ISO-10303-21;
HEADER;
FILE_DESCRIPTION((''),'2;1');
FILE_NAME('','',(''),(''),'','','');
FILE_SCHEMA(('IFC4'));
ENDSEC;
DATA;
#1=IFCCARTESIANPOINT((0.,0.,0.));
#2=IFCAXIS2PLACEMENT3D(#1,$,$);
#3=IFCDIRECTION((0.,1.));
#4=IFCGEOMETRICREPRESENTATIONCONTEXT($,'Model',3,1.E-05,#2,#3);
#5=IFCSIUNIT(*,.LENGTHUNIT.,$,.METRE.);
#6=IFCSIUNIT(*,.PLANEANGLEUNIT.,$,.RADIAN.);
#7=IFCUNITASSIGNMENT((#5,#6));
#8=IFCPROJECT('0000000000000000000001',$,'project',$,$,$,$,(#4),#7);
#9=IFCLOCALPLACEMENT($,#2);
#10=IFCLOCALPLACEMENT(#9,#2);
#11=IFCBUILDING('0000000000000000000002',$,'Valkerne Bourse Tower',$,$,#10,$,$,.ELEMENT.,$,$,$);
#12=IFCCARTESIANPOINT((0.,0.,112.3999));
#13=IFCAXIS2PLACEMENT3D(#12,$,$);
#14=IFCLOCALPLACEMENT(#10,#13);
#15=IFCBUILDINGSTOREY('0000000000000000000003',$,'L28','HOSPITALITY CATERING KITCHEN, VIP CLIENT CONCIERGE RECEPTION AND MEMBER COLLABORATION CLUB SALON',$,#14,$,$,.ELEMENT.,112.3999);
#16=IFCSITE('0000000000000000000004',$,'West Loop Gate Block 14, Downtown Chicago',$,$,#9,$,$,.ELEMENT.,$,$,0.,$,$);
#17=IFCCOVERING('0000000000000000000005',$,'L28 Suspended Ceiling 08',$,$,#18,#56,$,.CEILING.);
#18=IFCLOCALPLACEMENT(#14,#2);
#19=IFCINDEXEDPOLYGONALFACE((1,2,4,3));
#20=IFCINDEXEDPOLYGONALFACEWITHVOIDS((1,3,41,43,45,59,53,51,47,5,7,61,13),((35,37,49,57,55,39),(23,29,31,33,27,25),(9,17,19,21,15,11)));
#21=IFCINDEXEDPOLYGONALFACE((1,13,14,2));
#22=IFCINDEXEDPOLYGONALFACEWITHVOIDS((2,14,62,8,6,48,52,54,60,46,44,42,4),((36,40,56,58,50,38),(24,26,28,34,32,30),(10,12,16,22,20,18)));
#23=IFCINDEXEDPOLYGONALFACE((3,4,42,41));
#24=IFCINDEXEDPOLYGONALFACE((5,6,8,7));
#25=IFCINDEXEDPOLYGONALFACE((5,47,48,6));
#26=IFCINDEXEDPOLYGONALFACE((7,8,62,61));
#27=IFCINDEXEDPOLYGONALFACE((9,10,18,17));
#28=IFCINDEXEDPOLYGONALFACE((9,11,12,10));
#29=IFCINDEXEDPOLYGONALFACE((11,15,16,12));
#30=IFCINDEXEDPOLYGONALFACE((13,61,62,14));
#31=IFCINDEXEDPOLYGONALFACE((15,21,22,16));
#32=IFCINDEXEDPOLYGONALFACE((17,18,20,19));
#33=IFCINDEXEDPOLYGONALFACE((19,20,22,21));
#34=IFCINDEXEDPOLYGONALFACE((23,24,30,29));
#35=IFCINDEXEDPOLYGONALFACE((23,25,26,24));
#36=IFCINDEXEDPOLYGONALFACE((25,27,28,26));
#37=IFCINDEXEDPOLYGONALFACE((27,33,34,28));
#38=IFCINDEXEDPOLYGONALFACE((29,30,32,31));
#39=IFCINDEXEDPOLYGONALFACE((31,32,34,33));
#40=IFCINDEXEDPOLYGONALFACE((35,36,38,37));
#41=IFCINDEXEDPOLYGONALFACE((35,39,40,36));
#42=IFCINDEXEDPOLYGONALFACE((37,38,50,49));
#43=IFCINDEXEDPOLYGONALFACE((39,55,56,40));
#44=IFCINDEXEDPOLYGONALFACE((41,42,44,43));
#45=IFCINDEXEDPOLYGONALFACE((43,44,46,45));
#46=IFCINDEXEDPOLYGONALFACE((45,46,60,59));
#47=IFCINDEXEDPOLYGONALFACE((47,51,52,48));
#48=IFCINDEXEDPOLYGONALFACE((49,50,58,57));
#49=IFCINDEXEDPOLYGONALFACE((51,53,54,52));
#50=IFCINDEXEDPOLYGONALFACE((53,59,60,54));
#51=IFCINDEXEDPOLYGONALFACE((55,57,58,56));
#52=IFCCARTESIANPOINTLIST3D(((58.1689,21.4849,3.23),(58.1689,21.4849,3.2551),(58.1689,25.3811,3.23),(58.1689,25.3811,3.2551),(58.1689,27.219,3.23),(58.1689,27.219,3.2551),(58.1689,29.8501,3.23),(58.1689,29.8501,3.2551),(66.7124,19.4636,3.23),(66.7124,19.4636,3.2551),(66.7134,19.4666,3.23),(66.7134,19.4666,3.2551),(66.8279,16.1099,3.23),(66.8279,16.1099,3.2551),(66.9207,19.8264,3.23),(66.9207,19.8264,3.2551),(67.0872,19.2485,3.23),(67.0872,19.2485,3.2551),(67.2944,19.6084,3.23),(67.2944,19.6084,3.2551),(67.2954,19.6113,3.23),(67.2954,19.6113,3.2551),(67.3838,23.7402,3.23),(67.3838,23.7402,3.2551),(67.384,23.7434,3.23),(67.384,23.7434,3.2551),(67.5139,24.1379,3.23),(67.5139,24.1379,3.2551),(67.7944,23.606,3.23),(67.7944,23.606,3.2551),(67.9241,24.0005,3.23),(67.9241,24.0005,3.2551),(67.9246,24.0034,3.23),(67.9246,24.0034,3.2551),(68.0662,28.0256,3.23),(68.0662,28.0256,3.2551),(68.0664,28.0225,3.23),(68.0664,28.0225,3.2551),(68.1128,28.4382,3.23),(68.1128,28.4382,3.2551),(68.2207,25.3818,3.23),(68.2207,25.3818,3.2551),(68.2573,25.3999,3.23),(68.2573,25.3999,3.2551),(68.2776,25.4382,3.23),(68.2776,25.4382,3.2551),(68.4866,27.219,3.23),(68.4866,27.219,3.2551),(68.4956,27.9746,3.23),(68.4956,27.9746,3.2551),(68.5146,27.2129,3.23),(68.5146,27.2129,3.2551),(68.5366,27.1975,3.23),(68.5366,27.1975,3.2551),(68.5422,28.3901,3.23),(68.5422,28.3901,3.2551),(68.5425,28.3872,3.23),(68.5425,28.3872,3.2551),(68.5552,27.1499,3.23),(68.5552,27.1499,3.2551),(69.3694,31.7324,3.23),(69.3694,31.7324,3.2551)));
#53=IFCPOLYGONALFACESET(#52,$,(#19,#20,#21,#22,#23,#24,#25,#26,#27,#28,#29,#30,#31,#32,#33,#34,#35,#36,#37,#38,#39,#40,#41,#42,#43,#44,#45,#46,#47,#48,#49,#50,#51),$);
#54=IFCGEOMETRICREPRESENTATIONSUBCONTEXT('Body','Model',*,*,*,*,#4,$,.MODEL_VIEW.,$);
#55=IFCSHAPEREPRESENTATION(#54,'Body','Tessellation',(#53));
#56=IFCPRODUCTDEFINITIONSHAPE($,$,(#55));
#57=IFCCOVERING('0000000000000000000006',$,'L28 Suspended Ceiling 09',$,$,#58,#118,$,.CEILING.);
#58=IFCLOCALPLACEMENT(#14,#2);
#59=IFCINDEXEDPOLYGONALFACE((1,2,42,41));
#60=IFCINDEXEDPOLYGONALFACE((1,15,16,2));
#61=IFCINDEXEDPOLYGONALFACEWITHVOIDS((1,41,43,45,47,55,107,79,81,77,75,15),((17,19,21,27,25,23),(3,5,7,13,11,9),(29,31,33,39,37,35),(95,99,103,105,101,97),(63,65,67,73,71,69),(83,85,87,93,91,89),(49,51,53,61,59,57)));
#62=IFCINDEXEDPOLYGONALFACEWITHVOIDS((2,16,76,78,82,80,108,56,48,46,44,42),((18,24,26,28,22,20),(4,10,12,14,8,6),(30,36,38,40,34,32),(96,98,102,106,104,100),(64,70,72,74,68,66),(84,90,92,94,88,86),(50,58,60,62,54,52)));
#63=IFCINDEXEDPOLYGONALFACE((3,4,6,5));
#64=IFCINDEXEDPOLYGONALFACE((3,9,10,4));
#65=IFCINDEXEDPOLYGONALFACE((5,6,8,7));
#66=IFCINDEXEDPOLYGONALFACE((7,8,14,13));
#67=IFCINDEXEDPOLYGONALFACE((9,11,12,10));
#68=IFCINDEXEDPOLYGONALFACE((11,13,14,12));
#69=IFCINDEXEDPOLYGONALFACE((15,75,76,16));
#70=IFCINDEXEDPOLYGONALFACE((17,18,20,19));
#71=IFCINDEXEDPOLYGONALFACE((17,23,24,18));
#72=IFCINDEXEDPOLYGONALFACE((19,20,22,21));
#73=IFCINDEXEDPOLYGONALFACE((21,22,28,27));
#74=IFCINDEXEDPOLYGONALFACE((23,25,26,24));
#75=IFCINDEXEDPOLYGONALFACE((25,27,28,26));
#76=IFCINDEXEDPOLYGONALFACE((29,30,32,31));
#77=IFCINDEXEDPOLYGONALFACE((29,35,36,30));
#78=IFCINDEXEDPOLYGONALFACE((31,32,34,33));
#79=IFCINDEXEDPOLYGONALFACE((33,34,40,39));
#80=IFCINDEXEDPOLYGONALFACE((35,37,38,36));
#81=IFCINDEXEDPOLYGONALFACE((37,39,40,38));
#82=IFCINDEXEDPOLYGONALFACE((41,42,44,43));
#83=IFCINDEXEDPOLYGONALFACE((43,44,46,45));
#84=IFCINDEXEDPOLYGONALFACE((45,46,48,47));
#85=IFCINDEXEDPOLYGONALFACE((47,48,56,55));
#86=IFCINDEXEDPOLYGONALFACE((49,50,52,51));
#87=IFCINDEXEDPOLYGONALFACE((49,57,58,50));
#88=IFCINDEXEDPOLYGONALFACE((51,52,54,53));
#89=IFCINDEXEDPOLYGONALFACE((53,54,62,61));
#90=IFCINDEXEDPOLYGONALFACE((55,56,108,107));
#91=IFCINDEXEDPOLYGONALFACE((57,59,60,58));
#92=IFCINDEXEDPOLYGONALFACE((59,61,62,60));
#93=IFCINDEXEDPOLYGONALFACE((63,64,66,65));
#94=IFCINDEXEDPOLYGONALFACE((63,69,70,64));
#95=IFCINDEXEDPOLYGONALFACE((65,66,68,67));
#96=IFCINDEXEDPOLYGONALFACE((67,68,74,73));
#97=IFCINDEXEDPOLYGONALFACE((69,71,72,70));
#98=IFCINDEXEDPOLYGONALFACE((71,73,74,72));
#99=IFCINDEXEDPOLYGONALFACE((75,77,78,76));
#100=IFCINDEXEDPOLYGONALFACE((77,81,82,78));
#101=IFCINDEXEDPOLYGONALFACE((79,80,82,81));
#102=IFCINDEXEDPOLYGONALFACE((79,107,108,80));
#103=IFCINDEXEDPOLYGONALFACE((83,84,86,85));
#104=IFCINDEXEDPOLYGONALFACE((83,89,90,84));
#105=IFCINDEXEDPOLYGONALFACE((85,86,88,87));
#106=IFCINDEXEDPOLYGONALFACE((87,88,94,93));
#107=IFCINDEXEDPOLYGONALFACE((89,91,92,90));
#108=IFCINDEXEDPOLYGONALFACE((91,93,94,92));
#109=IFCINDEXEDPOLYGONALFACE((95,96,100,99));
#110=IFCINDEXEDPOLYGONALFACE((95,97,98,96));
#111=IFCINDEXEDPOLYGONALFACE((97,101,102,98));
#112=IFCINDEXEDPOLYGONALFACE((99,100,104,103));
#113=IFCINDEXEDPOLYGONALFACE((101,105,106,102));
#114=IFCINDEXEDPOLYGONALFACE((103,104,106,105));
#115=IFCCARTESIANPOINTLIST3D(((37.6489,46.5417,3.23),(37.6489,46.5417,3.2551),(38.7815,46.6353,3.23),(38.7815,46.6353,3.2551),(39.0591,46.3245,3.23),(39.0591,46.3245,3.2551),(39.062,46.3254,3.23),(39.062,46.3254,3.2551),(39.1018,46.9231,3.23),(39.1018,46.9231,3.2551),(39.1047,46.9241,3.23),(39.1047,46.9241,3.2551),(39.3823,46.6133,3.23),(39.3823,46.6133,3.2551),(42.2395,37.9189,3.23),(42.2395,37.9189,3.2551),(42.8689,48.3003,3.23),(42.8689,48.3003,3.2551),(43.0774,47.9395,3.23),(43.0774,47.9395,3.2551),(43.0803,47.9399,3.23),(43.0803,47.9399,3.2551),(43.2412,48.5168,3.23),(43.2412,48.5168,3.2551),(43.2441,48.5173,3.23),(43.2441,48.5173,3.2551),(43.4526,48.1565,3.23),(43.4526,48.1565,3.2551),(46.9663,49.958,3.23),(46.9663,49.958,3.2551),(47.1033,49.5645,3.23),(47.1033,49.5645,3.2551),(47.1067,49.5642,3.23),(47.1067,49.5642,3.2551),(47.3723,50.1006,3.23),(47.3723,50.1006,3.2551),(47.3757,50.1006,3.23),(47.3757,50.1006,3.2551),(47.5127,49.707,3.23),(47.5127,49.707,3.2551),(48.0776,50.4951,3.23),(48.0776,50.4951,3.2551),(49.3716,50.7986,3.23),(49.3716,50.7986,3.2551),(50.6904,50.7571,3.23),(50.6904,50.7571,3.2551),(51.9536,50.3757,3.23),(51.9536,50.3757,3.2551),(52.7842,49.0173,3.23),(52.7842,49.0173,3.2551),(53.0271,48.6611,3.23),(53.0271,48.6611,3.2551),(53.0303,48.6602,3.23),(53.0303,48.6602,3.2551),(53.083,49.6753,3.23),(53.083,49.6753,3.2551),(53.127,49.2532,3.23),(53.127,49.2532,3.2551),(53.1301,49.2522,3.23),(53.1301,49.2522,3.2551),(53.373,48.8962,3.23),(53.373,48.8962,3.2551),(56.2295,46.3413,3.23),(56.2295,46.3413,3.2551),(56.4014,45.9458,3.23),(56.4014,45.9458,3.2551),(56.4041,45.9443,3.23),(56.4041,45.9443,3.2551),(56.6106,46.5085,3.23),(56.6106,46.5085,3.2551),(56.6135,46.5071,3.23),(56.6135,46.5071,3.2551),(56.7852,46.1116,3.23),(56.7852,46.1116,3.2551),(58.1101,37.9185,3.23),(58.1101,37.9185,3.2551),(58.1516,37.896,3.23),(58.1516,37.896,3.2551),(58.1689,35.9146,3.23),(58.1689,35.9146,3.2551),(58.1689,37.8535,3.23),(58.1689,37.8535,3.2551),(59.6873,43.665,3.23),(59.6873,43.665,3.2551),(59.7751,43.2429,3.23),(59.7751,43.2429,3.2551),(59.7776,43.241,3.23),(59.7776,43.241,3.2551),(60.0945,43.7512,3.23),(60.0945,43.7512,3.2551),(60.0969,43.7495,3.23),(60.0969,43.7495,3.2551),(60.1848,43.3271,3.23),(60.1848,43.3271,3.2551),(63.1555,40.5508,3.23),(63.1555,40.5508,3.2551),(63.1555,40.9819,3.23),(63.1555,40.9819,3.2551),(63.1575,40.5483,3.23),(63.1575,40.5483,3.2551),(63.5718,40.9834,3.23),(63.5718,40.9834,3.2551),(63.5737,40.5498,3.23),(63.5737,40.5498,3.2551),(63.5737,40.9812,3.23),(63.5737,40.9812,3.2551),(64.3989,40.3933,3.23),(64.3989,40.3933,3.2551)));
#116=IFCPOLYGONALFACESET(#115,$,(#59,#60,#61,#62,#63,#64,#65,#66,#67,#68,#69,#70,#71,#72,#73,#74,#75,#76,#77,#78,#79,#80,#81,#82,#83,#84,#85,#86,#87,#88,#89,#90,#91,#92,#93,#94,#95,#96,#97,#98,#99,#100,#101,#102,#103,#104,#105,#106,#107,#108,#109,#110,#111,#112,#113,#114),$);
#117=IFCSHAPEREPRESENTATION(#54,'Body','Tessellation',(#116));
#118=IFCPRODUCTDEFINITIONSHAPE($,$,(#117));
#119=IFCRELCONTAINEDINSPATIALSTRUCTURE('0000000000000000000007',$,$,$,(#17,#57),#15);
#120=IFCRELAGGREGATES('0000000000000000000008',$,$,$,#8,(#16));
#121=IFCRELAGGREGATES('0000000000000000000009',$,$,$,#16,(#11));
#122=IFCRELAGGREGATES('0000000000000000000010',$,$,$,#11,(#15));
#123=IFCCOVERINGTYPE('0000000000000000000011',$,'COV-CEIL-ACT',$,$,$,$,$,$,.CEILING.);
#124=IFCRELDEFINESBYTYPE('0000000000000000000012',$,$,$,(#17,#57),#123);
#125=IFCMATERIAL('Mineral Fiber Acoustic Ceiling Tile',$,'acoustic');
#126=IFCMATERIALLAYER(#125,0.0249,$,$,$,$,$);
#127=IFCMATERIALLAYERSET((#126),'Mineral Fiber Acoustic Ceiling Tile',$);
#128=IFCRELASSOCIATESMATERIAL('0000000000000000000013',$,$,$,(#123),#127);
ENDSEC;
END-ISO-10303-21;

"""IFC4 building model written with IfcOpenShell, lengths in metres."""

from ifc_helpers import new_model, si_unit, direction, frame, origin, place, context, subcontext, project, spatial, polyline, outline, extrude, material, layer, layer_set, type_object, element, save


model = new_model("IFC4")

# Units and contexts
model_context = context("Model", 3, precision=1e-05, world=origin(), true_north=direction((0.0, 1.0)))
body_context = subcontext(model_context, "Body", "Model", "MODEL_VIEW")
ifc_project = project(units=[si_unit("LENGTHUNIT", "METRE"), si_unit("PLANEANGLEUNIT", "RADIAN")], contexts=[model_context])

# Site, building, storey
site_placement = place(None, origin())
site = spatial("IfcSite", under=ifc_project, at=site_placement, Name="West Loop Gate Block 14, Downtown Chicago", CompositionType="ELEMENT", RefElevation=0.0)
building_placement = place(site_placement, origin())
building = spatial("IfcBuilding", under=site, at=building_placement, Name="Valkerne Bourse Tower", CompositionType="ELEMENT")
storey_placement = place(building_placement, frame((0.0, 0.0, 112.3999)))
storey = spatial("IfcBuildingStorey", under=building, at=storey_placement, Name="L28", Description="HOSPITALITY CATERING KITCHEN, VIP CLIENT CONCIERGE RECEPTION AND MEMBER COLLABORATION CLUB SALON", CompositionType="ELEMENT", Elevation=112.3999)

# Coverings
ifc_material_1 = material(Name="Mineral Fiber Acoustic Ceiling Tile", Category="acoustic")
ifc_layer_1 = layer(ifc_material_1, 0.0249)
ifc_layer_set_1 = layer_set([ifc_layer_1], Name="Mineral Fiber Acoustic Ceiling Tile")
covering_type_1 = type_object("IfcCoveringType", Name="COV-CEIL-ACT", PredefinedType="CEILING", material=ifc_layer_set_1)
covering_1_placement = place(storey_placement, frame((0.0, 0.0, 3.23)))
element("IfcCovering", 1, at=covering_1_placement, inside=storey, type_object=covering_type_1, Name="L28 Suspended Ceiling 08", PredefinedType="CEILING", context=body_context, shape_type="SweptSolid", body=[
    extrude(outline(polyline([(58.1689, 25.3811), (68.2207, 25.3818), (68.2573, 25.3999), (68.2776, 25.4382), (68.5552, 27.1499), (68.5366, 27.1975), (68.5146, 27.2129), (68.4866, 27.219), (58.1689, 27.219), (58.1689, 29.8501), (69.3694, 31.7324), (66.8279, 16.1099), (58.1689, 21.4849), (58.1689, 25.3811)]), holes=[polyline([(67.2954, 19.6113), (66.9207, 19.8264), (66.7134, 19.4666), (66.7124, 19.4636), (67.0872, 19.2485), (67.2944, 19.6084), (67.2954, 19.6113)]), polyline([(67.9246, 24.0034), (67.5139, 24.1379), (67.384, 23.7434), (67.3838, 23.7402), (67.7944, 23.606), (67.9241, 24.0005), (67.9246, 24.0034)]), polyline([(68.5425, 28.3872), (68.5422, 28.3901), (68.1128, 28.4382), (68.0662, 28.0256), (68.0664, 28.0225), (68.4956, 27.9746), (68.5425, 28.3872)])]), origin(), (0.0, 0.0, 1.0), 0.0251),
])
covering_2_placement = place(storey_placement, frame((0.0, 0.0, 3.23)))
element("IfcCovering", 2, at=covering_2_placement, inside=storey, type_object=covering_type_1, Name="L28 Suspended Ceiling 09", PredefinedType="CEILING", context=body_context, shape_type="SweptSolid", body=[
    extrude(outline(polyline([(50.6904, 50.7571), (51.9536, 50.3757), (53.083, 49.6753), (64.3989, 40.3933), (58.1689, 35.9146), (58.1689, 37.8535), (58.1516, 37.896), (58.1101, 37.9185), (42.2395, 37.9189), (37.6489, 46.5417), (48.0776, 50.4951), (49.3716, 50.7986), (50.6904, 50.7571)]), holes=[polyline([(39.062, 46.3254), (39.3823, 46.6133), (39.1047, 46.9241), (39.1018, 46.9231), (38.7815, 46.6353), (39.0591, 46.3245), (39.062, 46.3254)]), polyline([(43.4526, 48.1565), (43.2441, 48.5173), (43.2412, 48.5168), (42.8689, 48.3003), (43.0774, 47.9395), (43.0803, 47.9399), (43.4526, 48.1565)]), polyline([(53.1301, 49.2522), (53.127, 49.2532), (52.7842, 49.0173), (53.0271, 48.6611), (53.0303, 48.6602), (53.373, 48.8962), (53.1301, 49.2522)]), polyline([(47.3757, 50.1006), (47.3723, 50.1006), (46.9663, 49.958), (47.1033, 49.5645), (47.1067, 49.5642), (47.5127, 49.707), (47.3757, 50.1006)]), polyline([(63.5737, 40.5498), (63.5737, 40.9812), (63.5718, 40.9834), (63.1555, 40.9819), (63.1555, 40.5508), (63.1575, 40.5483), (63.5737, 40.5498)]), polyline([(60.0969, 43.7495), (60.0945, 43.7512), (59.6873, 43.665), (59.7751, 43.2429), (59.7776, 43.241), (60.1848, 43.3271), (60.0969, 43.7495)]), polyline([(56.7852, 46.1116), (56.6135, 46.5071), (56.6106, 46.5085), (56.2295, 46.3413), (56.4014, 45.9458), (56.4041, 45.9443), (56.7852, 46.1116)])]), origin(), (0.0, 0.0, 1.0), 0.0251),
])

save(model, "model.ifc")
